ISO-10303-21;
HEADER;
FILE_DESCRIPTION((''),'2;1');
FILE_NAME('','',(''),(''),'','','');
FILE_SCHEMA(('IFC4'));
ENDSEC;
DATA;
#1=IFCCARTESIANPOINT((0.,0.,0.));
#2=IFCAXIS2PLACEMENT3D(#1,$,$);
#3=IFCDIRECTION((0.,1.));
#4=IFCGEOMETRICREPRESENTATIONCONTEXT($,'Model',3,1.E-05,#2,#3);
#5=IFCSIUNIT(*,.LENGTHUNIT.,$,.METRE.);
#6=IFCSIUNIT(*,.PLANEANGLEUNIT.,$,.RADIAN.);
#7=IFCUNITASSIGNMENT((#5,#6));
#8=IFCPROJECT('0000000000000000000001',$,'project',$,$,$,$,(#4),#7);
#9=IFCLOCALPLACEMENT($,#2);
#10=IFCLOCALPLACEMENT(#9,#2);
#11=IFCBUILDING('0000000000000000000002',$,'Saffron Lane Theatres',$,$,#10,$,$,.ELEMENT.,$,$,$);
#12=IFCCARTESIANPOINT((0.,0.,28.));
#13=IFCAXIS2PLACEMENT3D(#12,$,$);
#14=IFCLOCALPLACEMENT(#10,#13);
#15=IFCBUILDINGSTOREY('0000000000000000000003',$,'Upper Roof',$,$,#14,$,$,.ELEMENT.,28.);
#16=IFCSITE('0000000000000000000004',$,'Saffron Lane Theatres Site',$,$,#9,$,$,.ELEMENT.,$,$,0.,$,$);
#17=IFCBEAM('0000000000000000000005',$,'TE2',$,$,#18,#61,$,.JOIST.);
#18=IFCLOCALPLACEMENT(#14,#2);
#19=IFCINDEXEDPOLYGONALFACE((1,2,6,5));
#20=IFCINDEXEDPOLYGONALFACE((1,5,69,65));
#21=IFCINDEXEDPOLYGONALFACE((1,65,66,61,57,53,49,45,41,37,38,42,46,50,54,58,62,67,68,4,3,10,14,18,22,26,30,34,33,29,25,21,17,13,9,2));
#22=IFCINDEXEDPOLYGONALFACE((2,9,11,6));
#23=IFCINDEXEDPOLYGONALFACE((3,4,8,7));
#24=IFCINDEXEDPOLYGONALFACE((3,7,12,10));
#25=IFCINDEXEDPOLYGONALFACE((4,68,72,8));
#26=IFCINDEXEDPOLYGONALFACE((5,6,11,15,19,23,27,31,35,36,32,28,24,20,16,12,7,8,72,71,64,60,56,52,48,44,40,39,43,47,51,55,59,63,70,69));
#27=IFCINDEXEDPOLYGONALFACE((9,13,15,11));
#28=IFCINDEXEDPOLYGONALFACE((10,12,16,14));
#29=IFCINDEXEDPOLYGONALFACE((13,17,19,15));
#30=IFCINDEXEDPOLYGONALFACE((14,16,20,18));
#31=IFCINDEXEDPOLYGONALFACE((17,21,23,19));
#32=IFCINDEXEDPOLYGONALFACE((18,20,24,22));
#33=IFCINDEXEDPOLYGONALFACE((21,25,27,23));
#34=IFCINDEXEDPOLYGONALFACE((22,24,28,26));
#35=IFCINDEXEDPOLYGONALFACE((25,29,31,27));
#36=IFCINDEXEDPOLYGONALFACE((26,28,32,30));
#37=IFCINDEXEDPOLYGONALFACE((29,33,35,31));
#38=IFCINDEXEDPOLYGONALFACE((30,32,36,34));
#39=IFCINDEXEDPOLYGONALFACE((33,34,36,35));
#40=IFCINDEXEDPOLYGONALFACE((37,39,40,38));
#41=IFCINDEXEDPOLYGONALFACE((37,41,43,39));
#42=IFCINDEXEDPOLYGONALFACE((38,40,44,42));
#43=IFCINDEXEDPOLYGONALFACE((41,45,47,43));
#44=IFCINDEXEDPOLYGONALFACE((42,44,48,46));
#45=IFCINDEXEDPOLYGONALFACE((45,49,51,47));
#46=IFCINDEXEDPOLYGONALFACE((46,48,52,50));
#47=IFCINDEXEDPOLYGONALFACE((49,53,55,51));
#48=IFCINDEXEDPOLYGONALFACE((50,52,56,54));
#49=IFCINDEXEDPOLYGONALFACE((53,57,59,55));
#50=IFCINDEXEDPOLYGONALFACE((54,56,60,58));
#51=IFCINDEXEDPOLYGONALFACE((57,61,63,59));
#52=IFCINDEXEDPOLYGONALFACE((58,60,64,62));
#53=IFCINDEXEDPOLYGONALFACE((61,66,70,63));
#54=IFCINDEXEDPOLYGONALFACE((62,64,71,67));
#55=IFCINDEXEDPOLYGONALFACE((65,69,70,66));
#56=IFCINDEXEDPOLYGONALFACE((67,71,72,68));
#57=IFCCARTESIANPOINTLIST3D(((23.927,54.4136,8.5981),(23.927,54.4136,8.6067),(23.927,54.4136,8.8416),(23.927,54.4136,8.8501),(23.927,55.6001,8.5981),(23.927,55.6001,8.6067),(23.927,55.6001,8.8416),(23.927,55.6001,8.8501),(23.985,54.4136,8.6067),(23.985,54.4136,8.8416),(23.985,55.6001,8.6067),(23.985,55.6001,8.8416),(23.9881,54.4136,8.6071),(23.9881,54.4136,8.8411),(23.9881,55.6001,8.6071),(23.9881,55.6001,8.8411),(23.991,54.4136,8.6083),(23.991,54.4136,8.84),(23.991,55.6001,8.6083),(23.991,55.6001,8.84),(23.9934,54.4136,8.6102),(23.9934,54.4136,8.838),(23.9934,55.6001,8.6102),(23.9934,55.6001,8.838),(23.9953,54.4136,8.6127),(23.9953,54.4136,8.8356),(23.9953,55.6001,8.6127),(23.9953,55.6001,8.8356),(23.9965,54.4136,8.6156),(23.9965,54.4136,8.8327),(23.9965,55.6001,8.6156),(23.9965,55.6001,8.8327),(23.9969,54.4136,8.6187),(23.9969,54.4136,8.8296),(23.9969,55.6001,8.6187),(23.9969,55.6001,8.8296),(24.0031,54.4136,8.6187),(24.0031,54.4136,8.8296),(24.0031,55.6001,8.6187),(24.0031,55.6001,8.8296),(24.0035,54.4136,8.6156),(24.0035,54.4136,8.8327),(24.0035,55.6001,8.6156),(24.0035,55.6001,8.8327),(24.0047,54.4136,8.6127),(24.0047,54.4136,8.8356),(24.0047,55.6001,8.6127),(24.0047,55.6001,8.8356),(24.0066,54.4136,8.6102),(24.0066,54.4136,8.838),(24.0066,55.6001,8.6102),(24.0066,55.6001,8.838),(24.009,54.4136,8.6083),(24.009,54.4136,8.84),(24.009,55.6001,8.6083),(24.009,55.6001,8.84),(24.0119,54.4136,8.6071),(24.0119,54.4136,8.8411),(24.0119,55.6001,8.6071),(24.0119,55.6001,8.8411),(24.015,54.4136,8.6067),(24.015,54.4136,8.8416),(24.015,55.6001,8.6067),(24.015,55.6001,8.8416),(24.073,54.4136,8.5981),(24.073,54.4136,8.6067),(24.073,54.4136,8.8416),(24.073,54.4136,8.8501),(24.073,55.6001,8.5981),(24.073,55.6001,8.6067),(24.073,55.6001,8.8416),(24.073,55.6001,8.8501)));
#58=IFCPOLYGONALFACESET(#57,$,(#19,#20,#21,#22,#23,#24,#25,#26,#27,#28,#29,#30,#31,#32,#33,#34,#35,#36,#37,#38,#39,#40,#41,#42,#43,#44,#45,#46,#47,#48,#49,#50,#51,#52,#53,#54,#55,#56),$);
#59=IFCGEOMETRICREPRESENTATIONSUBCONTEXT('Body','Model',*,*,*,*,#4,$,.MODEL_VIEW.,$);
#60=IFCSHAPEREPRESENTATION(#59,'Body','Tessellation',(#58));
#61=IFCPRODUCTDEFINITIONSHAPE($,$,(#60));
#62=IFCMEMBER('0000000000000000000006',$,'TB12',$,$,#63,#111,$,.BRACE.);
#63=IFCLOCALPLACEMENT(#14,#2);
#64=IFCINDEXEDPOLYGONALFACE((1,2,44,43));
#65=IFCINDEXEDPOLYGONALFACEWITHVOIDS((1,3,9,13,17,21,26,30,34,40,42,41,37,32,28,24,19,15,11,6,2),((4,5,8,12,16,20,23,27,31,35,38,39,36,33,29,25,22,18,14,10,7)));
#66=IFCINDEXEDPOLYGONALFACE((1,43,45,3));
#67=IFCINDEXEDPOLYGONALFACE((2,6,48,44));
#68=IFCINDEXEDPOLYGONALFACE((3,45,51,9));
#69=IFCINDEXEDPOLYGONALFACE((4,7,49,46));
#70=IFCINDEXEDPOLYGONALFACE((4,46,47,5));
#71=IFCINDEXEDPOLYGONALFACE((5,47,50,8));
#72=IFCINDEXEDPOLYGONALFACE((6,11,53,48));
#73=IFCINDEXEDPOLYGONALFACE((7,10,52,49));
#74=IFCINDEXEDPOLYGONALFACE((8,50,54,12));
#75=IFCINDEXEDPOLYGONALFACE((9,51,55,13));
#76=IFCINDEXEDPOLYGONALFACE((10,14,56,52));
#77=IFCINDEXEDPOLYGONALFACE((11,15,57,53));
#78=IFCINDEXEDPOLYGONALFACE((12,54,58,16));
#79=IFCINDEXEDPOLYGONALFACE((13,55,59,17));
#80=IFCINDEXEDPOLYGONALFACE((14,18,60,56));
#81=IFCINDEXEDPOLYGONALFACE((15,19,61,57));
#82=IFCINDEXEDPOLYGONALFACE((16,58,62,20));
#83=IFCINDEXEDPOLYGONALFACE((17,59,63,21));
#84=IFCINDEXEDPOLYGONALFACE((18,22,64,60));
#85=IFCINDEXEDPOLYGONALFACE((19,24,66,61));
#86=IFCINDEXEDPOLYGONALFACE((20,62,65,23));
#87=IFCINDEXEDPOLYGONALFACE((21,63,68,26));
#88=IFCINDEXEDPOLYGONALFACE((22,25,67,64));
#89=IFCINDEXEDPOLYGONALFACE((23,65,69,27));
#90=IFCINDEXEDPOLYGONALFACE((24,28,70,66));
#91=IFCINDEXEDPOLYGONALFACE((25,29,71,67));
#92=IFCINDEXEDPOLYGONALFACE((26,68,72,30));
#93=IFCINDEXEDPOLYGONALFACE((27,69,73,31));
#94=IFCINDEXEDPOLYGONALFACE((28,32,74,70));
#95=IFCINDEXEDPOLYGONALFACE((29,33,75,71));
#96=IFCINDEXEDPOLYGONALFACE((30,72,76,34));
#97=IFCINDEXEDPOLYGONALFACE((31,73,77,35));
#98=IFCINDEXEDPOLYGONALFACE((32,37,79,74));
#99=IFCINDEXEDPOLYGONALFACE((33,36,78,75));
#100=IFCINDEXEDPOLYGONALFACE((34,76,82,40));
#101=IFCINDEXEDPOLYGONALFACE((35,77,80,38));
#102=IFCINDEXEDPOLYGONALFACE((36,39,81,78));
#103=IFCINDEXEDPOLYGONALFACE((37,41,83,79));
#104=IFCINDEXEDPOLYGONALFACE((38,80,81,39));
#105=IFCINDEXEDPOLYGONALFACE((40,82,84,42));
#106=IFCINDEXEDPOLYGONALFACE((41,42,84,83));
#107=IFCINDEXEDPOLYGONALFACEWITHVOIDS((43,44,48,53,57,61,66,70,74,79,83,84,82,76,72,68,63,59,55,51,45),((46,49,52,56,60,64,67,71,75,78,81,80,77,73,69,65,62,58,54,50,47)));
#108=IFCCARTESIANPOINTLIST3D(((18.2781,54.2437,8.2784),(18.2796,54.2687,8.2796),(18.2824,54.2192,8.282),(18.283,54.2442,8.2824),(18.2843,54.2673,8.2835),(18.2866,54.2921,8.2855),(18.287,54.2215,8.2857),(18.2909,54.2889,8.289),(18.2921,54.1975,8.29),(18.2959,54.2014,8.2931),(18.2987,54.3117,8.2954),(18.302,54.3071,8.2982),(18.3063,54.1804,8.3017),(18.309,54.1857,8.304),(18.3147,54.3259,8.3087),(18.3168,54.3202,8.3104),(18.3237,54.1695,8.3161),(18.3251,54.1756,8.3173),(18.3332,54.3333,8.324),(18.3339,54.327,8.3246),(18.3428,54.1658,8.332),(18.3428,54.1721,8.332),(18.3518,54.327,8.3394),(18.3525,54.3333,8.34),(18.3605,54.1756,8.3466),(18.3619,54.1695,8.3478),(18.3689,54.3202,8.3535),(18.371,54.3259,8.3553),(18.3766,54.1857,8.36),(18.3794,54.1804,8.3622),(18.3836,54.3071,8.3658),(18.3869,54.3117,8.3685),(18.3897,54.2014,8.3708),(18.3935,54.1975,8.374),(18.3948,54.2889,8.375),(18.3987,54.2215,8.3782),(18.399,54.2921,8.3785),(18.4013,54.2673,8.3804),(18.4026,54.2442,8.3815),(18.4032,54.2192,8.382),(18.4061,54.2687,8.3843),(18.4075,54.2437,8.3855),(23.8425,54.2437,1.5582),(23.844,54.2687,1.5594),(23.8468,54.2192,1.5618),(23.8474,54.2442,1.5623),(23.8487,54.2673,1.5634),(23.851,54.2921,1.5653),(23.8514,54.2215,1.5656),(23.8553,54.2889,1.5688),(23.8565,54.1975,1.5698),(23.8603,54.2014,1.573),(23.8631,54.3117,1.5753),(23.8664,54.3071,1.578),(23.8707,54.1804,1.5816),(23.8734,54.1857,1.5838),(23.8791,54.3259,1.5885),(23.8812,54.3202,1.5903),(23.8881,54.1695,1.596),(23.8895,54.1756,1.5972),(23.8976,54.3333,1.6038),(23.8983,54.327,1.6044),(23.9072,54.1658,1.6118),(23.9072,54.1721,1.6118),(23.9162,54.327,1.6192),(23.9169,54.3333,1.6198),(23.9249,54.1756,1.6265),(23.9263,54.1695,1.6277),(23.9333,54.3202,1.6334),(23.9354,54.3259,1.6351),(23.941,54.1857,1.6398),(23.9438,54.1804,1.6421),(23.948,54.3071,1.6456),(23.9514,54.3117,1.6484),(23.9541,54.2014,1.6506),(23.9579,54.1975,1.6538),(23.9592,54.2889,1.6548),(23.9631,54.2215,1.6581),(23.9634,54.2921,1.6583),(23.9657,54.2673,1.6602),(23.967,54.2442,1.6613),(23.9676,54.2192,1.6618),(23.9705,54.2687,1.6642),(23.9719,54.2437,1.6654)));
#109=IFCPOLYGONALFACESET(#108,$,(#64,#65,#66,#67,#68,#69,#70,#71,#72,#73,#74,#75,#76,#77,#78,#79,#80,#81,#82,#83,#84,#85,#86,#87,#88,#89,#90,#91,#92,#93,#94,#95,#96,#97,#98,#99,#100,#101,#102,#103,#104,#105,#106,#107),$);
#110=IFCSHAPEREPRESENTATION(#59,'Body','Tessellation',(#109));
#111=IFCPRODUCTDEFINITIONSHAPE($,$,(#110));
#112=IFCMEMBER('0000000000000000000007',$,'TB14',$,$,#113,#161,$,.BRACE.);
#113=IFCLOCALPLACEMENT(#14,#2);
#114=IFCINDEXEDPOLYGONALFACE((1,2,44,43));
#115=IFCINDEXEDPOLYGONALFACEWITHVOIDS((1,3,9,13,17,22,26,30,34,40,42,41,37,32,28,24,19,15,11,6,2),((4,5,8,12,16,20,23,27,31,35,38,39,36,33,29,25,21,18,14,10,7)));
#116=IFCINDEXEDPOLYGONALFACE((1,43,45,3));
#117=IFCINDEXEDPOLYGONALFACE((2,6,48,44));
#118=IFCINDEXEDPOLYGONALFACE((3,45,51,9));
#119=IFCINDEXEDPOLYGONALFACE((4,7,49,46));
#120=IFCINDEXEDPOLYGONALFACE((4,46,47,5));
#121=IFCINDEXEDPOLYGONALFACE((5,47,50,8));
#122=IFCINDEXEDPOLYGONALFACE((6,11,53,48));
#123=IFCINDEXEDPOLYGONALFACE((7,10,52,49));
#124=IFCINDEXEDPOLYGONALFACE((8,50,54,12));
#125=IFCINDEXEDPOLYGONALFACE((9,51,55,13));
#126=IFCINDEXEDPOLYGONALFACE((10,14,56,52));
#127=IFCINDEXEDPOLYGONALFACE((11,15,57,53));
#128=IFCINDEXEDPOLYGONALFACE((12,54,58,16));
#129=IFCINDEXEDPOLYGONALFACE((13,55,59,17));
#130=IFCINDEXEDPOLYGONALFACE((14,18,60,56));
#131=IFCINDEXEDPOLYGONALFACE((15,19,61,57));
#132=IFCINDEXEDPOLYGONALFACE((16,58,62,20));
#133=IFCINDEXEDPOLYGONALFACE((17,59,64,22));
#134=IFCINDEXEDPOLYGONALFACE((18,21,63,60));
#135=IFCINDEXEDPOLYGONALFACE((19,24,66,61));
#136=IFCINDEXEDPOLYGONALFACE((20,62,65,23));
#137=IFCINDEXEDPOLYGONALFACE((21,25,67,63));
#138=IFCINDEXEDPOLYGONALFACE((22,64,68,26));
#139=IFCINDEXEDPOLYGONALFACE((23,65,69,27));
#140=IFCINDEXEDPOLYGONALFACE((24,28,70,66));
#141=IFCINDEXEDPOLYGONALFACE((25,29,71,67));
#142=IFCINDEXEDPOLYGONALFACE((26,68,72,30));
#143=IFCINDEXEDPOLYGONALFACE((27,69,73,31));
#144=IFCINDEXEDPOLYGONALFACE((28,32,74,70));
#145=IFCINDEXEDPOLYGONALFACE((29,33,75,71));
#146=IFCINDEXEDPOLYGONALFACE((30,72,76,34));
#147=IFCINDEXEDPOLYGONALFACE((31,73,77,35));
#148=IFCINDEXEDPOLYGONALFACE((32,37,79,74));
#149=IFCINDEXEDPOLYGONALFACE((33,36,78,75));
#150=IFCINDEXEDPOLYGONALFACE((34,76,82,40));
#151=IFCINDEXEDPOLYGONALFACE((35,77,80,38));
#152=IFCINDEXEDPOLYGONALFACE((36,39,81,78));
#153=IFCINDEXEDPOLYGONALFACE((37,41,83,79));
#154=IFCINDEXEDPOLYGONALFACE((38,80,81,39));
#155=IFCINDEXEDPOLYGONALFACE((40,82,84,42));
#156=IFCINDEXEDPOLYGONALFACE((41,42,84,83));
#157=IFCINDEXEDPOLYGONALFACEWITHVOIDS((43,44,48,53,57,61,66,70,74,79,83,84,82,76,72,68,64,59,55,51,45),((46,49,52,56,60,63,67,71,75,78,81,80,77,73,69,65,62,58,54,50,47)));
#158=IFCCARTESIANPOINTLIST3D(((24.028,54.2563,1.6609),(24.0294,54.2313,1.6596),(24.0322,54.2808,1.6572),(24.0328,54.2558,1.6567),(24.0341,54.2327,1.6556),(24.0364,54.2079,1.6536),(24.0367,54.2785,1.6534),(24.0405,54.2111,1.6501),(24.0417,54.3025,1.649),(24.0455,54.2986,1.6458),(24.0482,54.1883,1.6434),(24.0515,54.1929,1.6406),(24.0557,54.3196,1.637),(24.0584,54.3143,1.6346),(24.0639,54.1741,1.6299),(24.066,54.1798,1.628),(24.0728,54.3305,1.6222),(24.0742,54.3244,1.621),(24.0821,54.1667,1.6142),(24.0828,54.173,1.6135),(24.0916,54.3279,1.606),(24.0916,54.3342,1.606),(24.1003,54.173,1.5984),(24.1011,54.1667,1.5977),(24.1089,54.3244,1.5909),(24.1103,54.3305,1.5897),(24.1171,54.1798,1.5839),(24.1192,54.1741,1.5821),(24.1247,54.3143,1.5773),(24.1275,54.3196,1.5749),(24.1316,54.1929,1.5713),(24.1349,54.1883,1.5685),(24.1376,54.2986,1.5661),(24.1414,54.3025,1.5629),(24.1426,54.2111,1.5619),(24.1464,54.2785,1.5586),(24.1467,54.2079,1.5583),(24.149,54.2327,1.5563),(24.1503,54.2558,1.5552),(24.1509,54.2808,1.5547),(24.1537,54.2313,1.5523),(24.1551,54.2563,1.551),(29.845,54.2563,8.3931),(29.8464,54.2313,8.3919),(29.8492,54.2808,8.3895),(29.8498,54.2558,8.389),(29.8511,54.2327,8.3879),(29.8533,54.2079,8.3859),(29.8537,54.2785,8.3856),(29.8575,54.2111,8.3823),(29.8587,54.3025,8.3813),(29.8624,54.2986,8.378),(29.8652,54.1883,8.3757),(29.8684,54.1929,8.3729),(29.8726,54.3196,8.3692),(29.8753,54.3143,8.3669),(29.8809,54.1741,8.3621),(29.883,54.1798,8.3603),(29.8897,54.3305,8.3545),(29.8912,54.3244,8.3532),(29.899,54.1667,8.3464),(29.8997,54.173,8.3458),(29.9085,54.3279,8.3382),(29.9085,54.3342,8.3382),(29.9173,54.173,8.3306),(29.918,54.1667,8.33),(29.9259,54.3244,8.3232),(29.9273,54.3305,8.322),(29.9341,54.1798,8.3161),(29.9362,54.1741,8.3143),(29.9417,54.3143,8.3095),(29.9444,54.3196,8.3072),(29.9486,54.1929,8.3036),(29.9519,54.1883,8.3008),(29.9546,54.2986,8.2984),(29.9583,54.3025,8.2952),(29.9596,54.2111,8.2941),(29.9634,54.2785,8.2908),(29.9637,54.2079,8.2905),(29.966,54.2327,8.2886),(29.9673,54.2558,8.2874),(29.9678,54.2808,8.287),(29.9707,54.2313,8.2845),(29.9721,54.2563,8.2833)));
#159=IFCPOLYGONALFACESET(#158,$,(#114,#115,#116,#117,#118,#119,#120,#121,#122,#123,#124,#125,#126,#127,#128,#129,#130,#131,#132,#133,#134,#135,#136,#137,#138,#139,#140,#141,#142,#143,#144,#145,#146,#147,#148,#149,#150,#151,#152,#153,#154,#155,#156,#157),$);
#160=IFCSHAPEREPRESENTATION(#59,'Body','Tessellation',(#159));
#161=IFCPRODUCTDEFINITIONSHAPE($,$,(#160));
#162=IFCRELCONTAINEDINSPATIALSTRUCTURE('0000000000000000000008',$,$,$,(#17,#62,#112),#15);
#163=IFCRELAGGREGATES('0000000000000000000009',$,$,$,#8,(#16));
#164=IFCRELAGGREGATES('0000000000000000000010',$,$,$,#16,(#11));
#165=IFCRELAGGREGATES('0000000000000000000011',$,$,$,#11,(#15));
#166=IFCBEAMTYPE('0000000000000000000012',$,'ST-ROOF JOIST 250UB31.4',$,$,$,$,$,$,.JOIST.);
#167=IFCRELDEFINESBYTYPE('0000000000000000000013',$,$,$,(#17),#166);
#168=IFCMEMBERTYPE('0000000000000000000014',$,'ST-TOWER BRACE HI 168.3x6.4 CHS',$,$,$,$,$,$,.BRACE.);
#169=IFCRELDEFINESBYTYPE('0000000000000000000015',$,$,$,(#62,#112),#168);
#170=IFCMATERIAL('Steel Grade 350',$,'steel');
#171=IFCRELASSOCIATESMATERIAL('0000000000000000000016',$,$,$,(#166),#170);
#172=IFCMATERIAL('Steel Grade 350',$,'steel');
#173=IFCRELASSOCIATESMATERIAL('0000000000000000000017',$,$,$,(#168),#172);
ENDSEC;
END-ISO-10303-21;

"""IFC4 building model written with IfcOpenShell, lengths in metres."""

from ifc_helpers import new_model, si_unit, direction, frame, origin, origin_2d, place, context, subcontext, project, spatial, hollow_circle, i_section, extrude, material, material_profile, profile_set, type_object, element, save


model = new_model("IFC4")

# Units and contexts
model_context = context("Model", 3, precision=1e-05, world=origin(), true_north=direction((0.0, 1.0)))
body_context = subcontext(model_context, "Body", "Model", "MODEL_VIEW")
ifc_project = project(units=[si_unit("LENGTHUNIT", "METRE"), si_unit("PLANEANGLEUNIT", "RADIAN")], contexts=[model_context])

# Site, building, storey
site_placement = place(None, origin())
site = spatial("IfcSite", under=ifc_project, at=site_placement, Name="Saffron Lane Theatres Site", CompositionType="ELEMENT", RefElevation=0.0)
building_placement = place(site_placement, origin())
building = spatial("IfcBuilding", under=site, at=building_placement, Name="Saffron Lane Theatres", CompositionType="ELEMENT")
storey_placement = place(building_placement, frame((0.0, 0.0, 28.0)))
storey = spatial("IfcBuildingStorey", under=building, at=storey_placement, Name="Upper Roof", CompositionType="ELEMENT", Elevation=28.0)

# Beam
ifc_material_1 = material(Name="Steel Grade 350", Category="steel")
ifc_material_profile_1 = material_profile(ifc_material_1, i_section(OverallWidth=0.146, OverallDepth=0.252, WebThickness=0.0061, FlangeThickness=0.0085, FilletRadius=0.012, at=origin_2d()))
ifc_profile_set_1 = profile_set([ifc_material_profile_1], Name="Steel Grade 350")
beam_type_1 = type_object("IfcBeamType", Name="ST-ROOF JOIST 250UB31.4", PredefinedType="JOIST", material=ifc_profile_set_1)
beam_1_placement = place(storey_placement, frame((24.0, 54.4136, 8.7241), z_axis=(0.0, 1.0, 0.0), x_axis=(-1.0, 0.0, 0.0)))
element("IfcBeam", 1, at=beam_1_placement, inside=storey, type_object=beam_type_1, Name="TE2", PredefinedType="JOIST", context=body_context, shape_type="SweptSolid", body=[
    extrude(i_section(OverallWidth=0.146, OverallDepth=0.252, WebThickness=0.0061, FlangeThickness=0.0085, FilletRadius=0.012, at=origin_2d()), origin(), (0.0, 0.0, 1.0), 1.1865),
])

# Members
ifc_material_2 = material(Name="Steel Grade 350", Category="steel")
ifc_material_profile_2 = material_profile(ifc_material_2, hollow_circle(Radius=0.0842, WallThickness=0.0063, at=origin_2d()))
ifc_profile_set_2 = profile_set([ifc_material_profile_2], Name="Steel Grade 350")
member_type_1 = type_object("IfcMemberType", Name="ST-TOWER BRACE HI 168.3x6.4 CHS", PredefinedType="BRACE", material=ifc_profile_set_2)
member_1_placement = place(storey_placement, frame((23.9072, 54.25, 1.6118), z_axis=(-0.637765, 0.0, 0.770231), x_axis=(0.0, -1.0, 0.0)))
element("IfcMember", 2, at=member_1_placement, inside=storey, type_object=member_type_1, Name="TB12", PredefinedType="BRACE", context=body_context, shape_type="SweptSolid", body=[
    extrude(hollow_circle(Radius=0.0842, WallThickness=0.0063, at=origin_2d()), origin(), (0.0, 0.0, 1.0), 8.7249),
])
member_2_placement = place(storey_placement, frame((24.0916, 54.25, 1.606), z_axis=(0.653796, 0.0, 0.756671), x_axis=(0.0, 1.0, 0.0)))
element("IfcMember", 3, at=member_2_placement, inside=storey, type_object=member_type_1, Name="TB14", PredefinedType="BRACE", context=body_context, shape_type="SweptSolid", body=[
    extrude(hollow_circle(Radius=0.0842, WallThickness=0.0063, at=origin_2d()), origin(), (0.0, 0.0, 1.0), 8.8972),
])

save(model, "model.ifc")
